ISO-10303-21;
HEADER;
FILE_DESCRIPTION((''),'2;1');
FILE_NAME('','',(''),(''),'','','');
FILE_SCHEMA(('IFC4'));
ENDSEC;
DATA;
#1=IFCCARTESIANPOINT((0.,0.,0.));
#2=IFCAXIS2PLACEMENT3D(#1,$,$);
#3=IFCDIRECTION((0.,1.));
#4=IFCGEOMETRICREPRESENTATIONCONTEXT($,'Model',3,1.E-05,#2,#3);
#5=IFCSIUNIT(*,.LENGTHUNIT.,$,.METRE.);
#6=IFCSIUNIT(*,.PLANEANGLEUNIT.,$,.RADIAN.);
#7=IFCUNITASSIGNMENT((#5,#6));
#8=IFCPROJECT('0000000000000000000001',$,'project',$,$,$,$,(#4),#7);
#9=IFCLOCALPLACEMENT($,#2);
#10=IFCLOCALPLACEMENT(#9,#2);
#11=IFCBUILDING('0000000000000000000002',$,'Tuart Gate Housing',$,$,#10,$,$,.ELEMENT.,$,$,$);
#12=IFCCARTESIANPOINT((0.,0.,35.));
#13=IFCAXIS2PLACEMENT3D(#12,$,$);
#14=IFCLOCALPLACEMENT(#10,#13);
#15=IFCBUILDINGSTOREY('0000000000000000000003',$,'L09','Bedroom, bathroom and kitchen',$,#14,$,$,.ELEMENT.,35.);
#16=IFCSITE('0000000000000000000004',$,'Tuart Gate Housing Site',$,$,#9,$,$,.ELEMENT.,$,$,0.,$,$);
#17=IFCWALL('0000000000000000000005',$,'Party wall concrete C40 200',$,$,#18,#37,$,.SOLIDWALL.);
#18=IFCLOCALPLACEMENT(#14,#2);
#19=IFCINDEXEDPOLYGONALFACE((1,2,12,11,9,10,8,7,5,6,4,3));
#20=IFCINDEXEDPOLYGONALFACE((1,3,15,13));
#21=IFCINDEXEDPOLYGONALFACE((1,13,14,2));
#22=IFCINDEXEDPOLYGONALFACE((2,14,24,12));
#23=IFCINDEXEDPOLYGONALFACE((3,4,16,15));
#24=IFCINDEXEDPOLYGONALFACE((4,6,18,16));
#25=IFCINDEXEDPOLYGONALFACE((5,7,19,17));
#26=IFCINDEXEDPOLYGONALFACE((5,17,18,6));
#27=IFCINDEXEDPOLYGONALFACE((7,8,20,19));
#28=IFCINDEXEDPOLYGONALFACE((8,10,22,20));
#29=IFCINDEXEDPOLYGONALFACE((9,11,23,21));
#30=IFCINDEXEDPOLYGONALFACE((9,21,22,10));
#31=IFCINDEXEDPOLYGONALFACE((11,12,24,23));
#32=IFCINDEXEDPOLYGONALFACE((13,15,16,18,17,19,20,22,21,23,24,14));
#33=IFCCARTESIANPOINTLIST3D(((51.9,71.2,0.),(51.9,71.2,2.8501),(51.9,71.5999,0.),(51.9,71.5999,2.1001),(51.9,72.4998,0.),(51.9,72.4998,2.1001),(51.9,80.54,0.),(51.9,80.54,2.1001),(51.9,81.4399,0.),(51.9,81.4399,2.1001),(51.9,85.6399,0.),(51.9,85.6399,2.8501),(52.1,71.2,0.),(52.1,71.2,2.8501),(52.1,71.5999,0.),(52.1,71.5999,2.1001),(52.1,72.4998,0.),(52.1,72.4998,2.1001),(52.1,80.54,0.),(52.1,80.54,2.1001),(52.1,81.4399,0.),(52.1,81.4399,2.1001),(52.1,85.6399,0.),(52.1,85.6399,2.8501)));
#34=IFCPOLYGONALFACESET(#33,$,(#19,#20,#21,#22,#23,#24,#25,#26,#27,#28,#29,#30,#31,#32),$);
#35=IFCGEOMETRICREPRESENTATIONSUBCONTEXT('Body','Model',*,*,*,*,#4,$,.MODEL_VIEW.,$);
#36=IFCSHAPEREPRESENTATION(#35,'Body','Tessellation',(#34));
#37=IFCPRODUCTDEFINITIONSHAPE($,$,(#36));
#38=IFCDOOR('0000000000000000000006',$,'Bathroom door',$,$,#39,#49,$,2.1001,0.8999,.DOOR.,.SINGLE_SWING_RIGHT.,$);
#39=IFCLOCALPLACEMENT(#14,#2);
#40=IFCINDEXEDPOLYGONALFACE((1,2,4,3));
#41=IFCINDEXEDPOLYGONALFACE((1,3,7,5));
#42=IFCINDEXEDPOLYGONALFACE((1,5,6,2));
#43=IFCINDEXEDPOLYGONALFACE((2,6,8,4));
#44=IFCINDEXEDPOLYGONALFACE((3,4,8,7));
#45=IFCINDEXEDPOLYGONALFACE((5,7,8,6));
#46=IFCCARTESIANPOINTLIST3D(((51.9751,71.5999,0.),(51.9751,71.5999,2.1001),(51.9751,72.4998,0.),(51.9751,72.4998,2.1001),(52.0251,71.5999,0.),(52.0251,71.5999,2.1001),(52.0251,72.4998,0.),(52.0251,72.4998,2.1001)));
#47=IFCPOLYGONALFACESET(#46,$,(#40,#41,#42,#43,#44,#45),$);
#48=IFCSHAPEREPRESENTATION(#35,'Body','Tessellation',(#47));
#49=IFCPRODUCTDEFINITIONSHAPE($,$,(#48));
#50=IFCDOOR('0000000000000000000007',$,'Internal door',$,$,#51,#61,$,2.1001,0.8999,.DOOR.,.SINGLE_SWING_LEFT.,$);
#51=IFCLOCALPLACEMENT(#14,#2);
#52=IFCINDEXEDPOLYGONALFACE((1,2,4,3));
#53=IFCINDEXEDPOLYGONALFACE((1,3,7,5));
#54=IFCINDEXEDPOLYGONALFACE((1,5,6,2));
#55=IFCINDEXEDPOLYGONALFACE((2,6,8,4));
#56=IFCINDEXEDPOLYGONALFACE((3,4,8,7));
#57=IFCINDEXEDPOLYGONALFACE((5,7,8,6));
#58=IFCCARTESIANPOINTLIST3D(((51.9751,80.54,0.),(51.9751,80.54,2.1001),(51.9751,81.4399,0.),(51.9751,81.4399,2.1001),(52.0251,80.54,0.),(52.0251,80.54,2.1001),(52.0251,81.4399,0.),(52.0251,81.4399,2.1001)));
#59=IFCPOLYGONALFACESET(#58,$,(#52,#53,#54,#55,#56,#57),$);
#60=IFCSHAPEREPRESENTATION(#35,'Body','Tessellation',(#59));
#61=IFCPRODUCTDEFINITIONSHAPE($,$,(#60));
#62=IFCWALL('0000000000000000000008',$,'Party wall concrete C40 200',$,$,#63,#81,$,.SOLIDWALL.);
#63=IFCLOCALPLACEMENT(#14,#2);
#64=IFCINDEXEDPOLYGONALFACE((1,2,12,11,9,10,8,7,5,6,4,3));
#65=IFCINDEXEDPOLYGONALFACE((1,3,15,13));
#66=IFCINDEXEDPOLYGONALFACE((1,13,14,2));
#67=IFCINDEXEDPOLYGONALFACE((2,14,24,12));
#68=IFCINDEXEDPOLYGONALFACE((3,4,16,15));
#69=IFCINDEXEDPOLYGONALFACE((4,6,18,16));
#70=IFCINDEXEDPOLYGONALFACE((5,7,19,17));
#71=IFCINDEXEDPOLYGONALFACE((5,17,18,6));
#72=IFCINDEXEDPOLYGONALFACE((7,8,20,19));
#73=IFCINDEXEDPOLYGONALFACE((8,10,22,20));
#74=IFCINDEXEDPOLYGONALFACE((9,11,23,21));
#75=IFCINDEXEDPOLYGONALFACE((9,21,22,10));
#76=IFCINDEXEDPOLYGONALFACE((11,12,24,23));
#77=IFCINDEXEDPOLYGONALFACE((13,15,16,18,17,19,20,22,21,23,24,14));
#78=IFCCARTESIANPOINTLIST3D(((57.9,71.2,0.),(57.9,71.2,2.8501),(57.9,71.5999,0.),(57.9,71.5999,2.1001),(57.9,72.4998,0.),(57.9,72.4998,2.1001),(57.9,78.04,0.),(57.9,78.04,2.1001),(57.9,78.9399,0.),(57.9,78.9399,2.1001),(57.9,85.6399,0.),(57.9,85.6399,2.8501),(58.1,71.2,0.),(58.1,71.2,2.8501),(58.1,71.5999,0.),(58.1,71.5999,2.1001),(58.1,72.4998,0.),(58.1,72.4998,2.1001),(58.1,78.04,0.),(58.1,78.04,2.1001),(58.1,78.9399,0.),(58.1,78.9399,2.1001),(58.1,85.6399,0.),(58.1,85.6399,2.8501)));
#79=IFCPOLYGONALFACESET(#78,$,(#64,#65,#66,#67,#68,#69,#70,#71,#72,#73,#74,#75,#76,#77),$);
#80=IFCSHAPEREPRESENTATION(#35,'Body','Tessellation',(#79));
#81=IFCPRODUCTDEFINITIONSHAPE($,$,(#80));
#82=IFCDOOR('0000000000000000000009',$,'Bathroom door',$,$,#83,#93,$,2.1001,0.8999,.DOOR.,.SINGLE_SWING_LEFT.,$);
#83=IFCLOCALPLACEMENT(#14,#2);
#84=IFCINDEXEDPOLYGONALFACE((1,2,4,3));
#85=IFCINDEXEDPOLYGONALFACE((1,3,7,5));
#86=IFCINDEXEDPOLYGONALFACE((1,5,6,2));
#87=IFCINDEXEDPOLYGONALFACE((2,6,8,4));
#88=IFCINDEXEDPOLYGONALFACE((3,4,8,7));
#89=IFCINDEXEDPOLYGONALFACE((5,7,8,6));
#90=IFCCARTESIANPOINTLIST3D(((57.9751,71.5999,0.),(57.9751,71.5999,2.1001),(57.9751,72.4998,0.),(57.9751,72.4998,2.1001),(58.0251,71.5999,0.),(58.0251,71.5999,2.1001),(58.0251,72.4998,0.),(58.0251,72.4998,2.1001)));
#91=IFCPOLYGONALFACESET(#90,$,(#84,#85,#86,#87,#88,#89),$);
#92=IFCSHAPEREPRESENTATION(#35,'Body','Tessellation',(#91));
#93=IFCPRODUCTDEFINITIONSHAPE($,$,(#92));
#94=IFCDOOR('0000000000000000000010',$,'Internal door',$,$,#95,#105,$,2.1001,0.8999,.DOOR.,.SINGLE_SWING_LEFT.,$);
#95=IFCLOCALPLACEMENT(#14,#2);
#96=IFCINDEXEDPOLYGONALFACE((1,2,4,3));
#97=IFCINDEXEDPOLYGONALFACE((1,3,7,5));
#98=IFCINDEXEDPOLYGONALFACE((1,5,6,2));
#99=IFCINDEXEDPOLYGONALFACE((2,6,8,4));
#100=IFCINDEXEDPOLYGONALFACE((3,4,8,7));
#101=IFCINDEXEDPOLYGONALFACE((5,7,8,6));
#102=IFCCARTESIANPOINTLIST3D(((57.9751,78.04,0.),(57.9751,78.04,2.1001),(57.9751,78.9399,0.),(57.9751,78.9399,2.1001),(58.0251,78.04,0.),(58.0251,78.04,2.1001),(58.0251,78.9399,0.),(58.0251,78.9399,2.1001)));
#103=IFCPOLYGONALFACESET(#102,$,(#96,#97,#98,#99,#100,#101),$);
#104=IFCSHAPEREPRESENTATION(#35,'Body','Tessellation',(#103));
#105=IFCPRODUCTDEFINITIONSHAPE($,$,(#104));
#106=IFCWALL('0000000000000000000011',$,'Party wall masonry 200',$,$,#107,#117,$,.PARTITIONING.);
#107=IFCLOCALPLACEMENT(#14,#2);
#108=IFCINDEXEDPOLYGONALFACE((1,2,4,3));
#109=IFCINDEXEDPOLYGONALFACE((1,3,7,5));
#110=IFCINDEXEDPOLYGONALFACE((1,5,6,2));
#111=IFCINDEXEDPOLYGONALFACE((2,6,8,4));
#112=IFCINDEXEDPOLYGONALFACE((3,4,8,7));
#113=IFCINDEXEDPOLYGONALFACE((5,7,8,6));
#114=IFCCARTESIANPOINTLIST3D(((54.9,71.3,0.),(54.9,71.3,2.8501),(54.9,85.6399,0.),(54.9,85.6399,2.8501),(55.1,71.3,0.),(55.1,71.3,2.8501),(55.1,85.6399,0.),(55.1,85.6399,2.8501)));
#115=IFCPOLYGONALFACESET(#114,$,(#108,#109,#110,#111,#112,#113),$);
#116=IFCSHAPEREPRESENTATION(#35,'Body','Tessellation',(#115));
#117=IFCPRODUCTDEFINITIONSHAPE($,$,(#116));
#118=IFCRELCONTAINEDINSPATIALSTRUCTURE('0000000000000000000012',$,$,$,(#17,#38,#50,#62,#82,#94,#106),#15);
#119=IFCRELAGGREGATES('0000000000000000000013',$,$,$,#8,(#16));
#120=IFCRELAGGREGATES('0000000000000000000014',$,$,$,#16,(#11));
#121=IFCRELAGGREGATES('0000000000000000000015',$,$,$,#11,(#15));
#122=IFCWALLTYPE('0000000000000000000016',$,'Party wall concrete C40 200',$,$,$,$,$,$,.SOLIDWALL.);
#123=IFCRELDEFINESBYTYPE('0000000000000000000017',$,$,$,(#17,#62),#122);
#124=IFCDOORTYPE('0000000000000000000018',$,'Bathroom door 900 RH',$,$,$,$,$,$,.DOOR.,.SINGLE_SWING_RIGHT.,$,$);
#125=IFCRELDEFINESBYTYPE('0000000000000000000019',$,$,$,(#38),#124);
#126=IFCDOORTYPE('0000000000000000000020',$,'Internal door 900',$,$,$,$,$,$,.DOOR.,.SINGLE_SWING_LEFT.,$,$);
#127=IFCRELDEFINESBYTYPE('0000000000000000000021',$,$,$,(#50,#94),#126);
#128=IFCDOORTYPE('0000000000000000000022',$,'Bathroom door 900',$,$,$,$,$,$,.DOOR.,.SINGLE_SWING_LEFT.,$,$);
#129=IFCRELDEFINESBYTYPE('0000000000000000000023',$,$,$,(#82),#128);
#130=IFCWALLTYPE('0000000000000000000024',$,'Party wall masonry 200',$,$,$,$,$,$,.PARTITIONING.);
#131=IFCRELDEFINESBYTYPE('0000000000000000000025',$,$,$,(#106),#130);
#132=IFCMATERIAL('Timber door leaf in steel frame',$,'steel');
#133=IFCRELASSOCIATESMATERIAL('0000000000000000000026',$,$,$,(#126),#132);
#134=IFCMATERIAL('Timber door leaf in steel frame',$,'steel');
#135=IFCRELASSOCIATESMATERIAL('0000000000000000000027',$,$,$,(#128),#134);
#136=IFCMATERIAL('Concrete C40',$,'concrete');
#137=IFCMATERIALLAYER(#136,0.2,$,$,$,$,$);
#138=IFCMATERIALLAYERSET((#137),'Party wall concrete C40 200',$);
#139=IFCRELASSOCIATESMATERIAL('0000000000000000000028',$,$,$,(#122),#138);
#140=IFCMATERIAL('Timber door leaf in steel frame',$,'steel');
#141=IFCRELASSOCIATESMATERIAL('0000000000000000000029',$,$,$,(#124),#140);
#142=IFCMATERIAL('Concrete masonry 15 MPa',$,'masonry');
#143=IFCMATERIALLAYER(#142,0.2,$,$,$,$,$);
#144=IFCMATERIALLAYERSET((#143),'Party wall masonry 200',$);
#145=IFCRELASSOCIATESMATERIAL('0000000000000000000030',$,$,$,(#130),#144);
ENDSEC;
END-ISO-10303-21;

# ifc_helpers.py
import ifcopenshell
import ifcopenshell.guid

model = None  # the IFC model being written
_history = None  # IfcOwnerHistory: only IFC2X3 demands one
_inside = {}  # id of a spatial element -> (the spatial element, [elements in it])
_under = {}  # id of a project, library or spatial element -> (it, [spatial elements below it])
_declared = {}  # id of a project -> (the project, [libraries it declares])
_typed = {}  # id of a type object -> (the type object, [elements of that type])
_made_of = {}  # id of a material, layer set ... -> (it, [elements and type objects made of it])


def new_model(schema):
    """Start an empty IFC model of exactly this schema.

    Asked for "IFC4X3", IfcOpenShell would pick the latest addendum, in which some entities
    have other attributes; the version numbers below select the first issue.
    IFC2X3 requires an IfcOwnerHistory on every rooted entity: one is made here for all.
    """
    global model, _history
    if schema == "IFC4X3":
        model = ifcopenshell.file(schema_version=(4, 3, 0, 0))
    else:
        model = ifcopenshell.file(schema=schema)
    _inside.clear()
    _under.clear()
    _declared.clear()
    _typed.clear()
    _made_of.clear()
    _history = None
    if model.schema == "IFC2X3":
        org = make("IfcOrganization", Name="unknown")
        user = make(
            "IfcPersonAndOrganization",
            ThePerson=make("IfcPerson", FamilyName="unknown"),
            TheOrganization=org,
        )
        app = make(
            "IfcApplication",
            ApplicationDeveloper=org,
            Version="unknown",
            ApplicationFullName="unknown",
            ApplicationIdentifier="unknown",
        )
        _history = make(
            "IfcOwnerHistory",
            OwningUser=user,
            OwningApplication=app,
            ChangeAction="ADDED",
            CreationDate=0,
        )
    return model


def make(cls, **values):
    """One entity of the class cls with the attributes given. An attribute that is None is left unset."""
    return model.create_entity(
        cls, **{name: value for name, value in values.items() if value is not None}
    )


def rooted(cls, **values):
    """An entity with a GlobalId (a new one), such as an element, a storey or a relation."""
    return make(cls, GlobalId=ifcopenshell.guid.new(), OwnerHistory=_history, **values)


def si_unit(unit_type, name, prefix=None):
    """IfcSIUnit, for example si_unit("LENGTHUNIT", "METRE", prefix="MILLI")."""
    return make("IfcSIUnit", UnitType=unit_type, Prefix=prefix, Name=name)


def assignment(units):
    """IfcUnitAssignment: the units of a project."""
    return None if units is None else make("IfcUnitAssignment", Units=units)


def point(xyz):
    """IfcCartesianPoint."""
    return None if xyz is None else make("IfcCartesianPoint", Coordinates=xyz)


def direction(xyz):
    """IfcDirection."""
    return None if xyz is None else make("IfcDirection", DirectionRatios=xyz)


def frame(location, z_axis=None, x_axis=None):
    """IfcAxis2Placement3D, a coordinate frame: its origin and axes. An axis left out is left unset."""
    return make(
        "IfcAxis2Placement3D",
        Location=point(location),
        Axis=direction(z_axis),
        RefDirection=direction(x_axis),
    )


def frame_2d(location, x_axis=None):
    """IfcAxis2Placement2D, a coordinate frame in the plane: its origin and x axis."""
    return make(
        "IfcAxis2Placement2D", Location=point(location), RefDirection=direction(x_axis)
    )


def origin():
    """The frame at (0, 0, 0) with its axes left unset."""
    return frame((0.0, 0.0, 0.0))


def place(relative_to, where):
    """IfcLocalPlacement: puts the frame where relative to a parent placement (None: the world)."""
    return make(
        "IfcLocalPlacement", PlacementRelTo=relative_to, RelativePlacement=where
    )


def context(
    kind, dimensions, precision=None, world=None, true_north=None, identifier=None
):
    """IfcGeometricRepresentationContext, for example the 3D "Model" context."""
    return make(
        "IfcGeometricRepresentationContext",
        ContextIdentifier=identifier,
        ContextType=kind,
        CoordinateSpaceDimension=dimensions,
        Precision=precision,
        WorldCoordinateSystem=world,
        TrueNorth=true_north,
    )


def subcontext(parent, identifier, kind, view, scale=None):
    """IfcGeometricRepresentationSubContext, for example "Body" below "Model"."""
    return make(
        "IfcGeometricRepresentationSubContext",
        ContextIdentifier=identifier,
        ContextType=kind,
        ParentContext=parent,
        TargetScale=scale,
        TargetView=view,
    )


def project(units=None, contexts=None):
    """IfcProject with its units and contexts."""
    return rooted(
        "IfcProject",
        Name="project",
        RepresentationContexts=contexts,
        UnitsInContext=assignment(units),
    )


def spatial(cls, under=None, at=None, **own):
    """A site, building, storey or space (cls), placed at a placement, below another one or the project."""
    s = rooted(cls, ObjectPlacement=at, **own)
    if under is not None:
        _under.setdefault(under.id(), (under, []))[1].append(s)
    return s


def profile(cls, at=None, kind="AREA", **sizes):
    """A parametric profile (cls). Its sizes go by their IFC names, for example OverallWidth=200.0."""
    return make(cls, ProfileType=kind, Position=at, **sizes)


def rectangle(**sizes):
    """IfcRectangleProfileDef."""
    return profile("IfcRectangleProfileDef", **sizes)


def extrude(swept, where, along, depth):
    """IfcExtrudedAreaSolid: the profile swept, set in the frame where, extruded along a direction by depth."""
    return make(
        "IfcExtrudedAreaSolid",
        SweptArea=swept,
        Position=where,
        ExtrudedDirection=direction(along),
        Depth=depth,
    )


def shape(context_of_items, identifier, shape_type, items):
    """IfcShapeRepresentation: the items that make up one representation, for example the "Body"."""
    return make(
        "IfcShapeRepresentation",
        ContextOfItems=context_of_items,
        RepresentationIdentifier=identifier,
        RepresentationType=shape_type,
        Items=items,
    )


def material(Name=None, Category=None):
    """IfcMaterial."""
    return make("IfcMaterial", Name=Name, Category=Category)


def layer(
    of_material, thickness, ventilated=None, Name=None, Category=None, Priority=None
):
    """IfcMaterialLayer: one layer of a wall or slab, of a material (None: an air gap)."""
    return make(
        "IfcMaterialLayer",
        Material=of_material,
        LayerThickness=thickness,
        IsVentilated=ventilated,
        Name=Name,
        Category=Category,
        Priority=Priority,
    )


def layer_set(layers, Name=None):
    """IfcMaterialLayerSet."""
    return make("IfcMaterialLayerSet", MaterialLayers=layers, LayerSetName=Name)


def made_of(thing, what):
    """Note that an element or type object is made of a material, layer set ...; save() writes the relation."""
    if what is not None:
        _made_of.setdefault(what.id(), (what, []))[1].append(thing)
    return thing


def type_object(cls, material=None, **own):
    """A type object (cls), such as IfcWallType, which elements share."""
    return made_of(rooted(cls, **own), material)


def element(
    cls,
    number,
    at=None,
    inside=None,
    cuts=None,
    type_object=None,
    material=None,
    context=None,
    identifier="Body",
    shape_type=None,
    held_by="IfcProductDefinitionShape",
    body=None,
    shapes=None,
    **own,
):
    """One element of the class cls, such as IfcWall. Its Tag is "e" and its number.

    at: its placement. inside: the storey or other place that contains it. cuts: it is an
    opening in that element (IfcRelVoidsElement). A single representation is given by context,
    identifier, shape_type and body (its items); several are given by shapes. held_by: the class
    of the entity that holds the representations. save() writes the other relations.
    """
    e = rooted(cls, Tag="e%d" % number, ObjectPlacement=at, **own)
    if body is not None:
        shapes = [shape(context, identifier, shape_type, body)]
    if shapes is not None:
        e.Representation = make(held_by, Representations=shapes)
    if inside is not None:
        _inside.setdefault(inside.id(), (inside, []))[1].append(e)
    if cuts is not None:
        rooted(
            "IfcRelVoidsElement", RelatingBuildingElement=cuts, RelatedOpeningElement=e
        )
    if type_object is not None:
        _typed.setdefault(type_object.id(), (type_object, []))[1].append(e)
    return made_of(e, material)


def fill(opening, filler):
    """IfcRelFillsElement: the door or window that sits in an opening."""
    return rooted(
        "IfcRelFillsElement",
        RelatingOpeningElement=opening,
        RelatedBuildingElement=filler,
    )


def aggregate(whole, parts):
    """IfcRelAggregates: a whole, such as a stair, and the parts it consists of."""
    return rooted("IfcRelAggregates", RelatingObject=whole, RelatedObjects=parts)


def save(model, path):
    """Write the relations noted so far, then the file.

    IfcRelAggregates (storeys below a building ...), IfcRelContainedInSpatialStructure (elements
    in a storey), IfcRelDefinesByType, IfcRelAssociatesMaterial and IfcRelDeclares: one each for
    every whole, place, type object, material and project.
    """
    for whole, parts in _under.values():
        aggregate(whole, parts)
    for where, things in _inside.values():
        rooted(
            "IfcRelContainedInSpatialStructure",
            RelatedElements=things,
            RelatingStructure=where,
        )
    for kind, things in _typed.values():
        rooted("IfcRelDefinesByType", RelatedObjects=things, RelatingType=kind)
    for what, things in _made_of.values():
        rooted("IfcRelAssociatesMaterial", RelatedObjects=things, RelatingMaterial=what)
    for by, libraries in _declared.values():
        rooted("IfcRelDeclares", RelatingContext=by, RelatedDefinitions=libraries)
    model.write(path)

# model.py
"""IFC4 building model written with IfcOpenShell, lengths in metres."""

from ifc_helpers import new_model, si_unit, direction, frame, frame_2d, origin, place, context, subcontext, project, spatial, rectangle, extrude, material, layer, layer_set, type_object, element, fill, save


model = new_model("IFC4")

# Units and contexts
model_context = context("Model", 3, precision=1e-05, world=origin(), true_north=direction((0.0, 1.0)))
body_context = subcontext(model_context, "Body", "Model", "MODEL_VIEW")
ifc_project = project(units=[si_unit("LENGTHUNIT", "METRE"), si_unit("PLANEANGLEUNIT", "RADIAN")], contexts=[model_context])

# Site, building, storey
site_placement = place(None, origin())
site = spatial("IfcSite", under=ifc_project, at=site_placement, Name="Tuart Gate Housing Site", CompositionType="ELEMENT", RefElevation=0.0)
building_placement = place(site_placement, origin())
building = spatial("IfcBuilding", under=site, at=building_placement, Name="Tuart Gate Housing", CompositionType="ELEMENT")
storey_placement = place(building_placement, frame((0.0, 0.0, 35.0)))
storey = spatial("IfcBuildingStorey", under=building, at=storey_placement, Name="L09", Description="Bedroom, bathroom and kitchen", CompositionType="ELEMENT", Elevation=35.0)

# Shared definitions
ifc_material_1 = material(Name="Timber door leaf in steel frame", Category="steel")
door_type_1 = type_object("IfcDoorType", Name="Internal door 900", OperationType="SINGLE_SWING_LEFT", PredefinedType="DOOR", material=ifc_material_1)

# Shared definitions
ifc_material_2 = material(Name="Timber door leaf in steel frame", Category="steel")
door_type_2 = type_object("IfcDoorType", Name="Bathroom door 900", OperationType="SINGLE_SWING_LEFT", PredefinedType="DOOR", material=ifc_material_2)

# Shared definitions
ifc_material_3 = material(Name="Concrete C40", Category="concrete")
ifc_layer_1 = layer(ifc_material_3, 0.2)
ifc_layer_set_1 = layer_set([ifc_layer_1], Name="Party wall concrete C40 200")
wall_type_1 = type_object("IfcWallType", Name="Party wall concrete C40 200", PredefinedType="SOLIDWALL", material=ifc_layer_set_1)

# Walls, openings, doors
wall_1_placement = place(storey_placement, frame((52.0, 71.2, 0.0), z_axis=(0.0, 0.0, 1.0), x_axis=(0.0, 1.0, 0.0)))
wall_1 = element("IfcWall", 1, at=wall_1_placement, inside=storey, type_object=wall_type_1, Name="Party wall concrete C40 200", PredefinedType="SOLIDWALL", context=body_context, shape_type="SweptSolid", body=[
    extrude(rectangle(XDim=14.4399, YDim=0.2, at=frame_2d((7.22, 0.0))), origin(), (0.0, 0.0, 1.0), 2.8501),
])
opening_1_placement = place(wall_1_placement, frame((9.3401, 0.0, 0.0)))
opening_1 = element("IfcOpeningElement", 2, at=opening_1_placement, cuts=wall_1, PredefinedType="OPENING", context=body_context, shape_type="SweptSolid", body=[
    extrude(rectangle(XDim=0.8999, YDim=2.1001, at=frame_2d((0.45, 1.05))), frame((0.0, 0.1099, 0.0), z_axis=(0.0, -1.0, 0.0), x_axis=(1.0, 0.0, 0.0)), (0.0, 0.0, 1.0), 0.22),
])
opening_2_placement = place(wall_1_placement, frame((0.3999, 0.0, 0.0)))
opening_2 = element("IfcOpeningElement", 3, at=opening_2_placement, cuts=wall_1, PredefinedType="OPENING", context=body_context, shape_type="SweptSolid", body=[
    extrude(rectangle(XDim=0.8999, YDim=2.1001, at=frame_2d((0.45, 1.05))), frame((0.0, 0.1099, 0.0), z_axis=(0.0, -1.0, 0.0), x_axis=(1.0, 0.0, 0.0)), (0.0, 0.0, 1.0), 0.22),
])
ifc_material_4 = material(Name="Timber door leaf in steel frame", Category="steel")
door_type_3 = type_object("IfcDoorType", Name="Bathroom door 900 RH", OperationType="SINGLE_SWING_RIGHT", PredefinedType="DOOR", material=ifc_material_4)
door_1_placement = place(opening_2_placement, frame((0.8999, 0.0, 0.0), z_axis=(0.0, 0.0, 1.0), x_axis=(-1.0, 0.0, 0.0)))
door_1 = element("IfcDoor", 4, at=door_1_placement, inside=storey, type_object=door_type_3, Name="Bathroom door", OperationType="SINGLE_SWING_RIGHT", OverallHeight=2.1001, OverallWidth=0.8999, PredefinedType="DOOR", context=body_context, shape_type="SweptSolid", body=[
    extrude(rectangle(XDim=0.8999, YDim=2.1001, at=frame_2d((0.45, 1.05))), frame((0.0, 0.0251, 0.0), z_axis=(0.0, -1.0, 0.0), x_axis=(1.0, 0.0, 0.0)), (0.0, 0.0, 1.0), 0.05),
])
fill(opening_2, door_1)
door_2_placement = place(opening_1_placement, frame((0.8999, 0.0, 0.0), z_axis=(0.0, 0.0, 1.0), x_axis=(-1.0, 0.0, 0.0)))
door_2 = element("IfcDoor", 5, at=door_2_placement, inside=storey, type_object=door_type_1, Name="Internal door", OperationType="SINGLE_SWING_LEFT", OverallHeight=2.1001, OverallWidth=0.8999, PredefinedType="DOOR", context=body_context, shape_type="SweptSolid", body=[
    extrude(rectangle(XDim=0.8999, YDim=2.1001, at=frame_2d((0.45, 1.05))), frame((0.0, 0.0251, 0.0), z_axis=(0.0, -1.0, 0.0), x_axis=(1.0, 0.0, 0.0)), (0.0, 0.0, 1.0), 0.05),
])
fill(opening_1, door_2)
wall_2_placement = place(storey_placement, frame((58.0, 71.2, 0.0), z_axis=(0.0, 0.0, 1.0), x_axis=(0.0, 1.0, 0.0)))
wall_2 = element("IfcWall", 6, at=wall_2_placement, inside=storey, type_object=wall_type_1, Name="Party wall concrete C40 200", PredefinedType="SOLIDWALL", context=body_context, shape_type="SweptSolid", body=[
    extrude(rectangle(XDim=14.4399, YDim=0.2, at=frame_2d((7.22, 0.0))), origin(), (0.0, 0.0, 1.0), 2.8501),
])
opening_3_placement = place(wall_2_placement, frame((6.8401, 0.0, 0.0)))
opening_3 = element("IfcOpeningElement", 7, at=opening_3_placement, cuts=wall_2, PredefinedType="OPENING", context=body_context, shape_type="SweptSolid", body=[
    extrude(rectangle(XDim=0.8999, YDim=2.1001, at=frame_2d((0.45, 1.05))), frame((0.0, 0.1099, 0.0), z_axis=(0.0, -1.0, 0.0), x_axis=(1.0, 0.0, 0.0)), (0.0, 0.0, 1.0), 0.22),
])
opening_4_placement = place(wall_2_placement, frame((0.3999, 0.0, 0.0)))
opening_4 = element("IfcOpeningElement", 8, at=opening_4_placement, cuts=wall_2, PredefinedType="OPENING", context=body_context, shape_type="SweptSolid", body=[
    extrude(rectangle(XDim=0.8999, YDim=2.1001, at=frame_2d((0.45, 1.05))), frame((0.0, 0.1099, 0.0), z_axis=(0.0, -1.0, 0.0), x_axis=(1.0, 0.0, 0.0)), (0.0, 0.0, 1.0), 0.22),
])
door_3_placement = place(opening_4_placement, origin())
door_3 = element("IfcDoor", 9, at=door_3_placement, inside=storey, type_object=door_type_2, Name="Bathroom door", OperationType="SINGLE_SWING_LEFT", OverallHeight=2.1001, OverallWidth=0.8999, PredefinedType="DOOR", context=body_context, shape_type="SweptSolid", body=[
    extrude(rectangle(XDim=0.8999, YDim=2.1001, at=frame_2d((0.45, 1.05))), frame((0.0, 0.0249, 0.0), z_axis=(0.0, -1.0, 0.0), x_axis=(1.0, 0.0, 0.0)), (0.0, 0.0, 1.0), 0.05),
])
fill(opening_4, door_3)
door_4_placement = place(opening_3_placement, origin())
door_4 = element("IfcDoor", 10, at=door_4_placement, inside=storey, type_object=door_type_1, Name="Internal door", OperationType="SINGLE_SWING_LEFT", OverallHeight=2.1001, OverallWidth=0.8999, PredefinedType="DOOR", context=body_context, shape_type="SweptSolid", body=[
    extrude(rectangle(XDim=0.8999, YDim=2.1001, at=frame_2d((0.45, 1.05))), frame((0.0, 0.0249, 0.0), z_axis=(0.0, -1.0, 0.0), x_axis=(1.0, 0.0, 0.0)), (0.0, 0.0, 1.0), 0.05),
])
fill(opening_3, door_4)

# Wall
ifc_material_5 = material(Name="Concrete masonry 15 MPa", Category="masonry")
ifc_layer_2 = layer(ifc_material_5, 0.2)
ifc_layer_set_2 = layer_set([ifc_layer_2], Name="Party wall masonry 200")
wall_type_2 = type_object("IfcWallType", Name="Party wall masonry 200", PredefinedType="PARTITIONING", material=ifc_layer_set_2)
wall_3_placement = place(storey_placement, frame((55.0, 71.3, 0.0), z_axis=(0.0, 0.0, 1.0), x_axis=(0.0, 1.0, 0.0)))
element("IfcWall", 11, at=wall_3_placement, inside=storey, type_object=wall_type_2, Name="Party wall masonry 200", PredefinedType="PARTITIONING", context=body_context, shape_type="SweptSolid", body=[
    extrude(rectangle(XDim=14.3398, YDim=0.2, at=frame_2d((7.1699, 0.0))), origin(), (0.0, 0.0, 1.0), 2.8501),
])

save(model, "model.ifc")
